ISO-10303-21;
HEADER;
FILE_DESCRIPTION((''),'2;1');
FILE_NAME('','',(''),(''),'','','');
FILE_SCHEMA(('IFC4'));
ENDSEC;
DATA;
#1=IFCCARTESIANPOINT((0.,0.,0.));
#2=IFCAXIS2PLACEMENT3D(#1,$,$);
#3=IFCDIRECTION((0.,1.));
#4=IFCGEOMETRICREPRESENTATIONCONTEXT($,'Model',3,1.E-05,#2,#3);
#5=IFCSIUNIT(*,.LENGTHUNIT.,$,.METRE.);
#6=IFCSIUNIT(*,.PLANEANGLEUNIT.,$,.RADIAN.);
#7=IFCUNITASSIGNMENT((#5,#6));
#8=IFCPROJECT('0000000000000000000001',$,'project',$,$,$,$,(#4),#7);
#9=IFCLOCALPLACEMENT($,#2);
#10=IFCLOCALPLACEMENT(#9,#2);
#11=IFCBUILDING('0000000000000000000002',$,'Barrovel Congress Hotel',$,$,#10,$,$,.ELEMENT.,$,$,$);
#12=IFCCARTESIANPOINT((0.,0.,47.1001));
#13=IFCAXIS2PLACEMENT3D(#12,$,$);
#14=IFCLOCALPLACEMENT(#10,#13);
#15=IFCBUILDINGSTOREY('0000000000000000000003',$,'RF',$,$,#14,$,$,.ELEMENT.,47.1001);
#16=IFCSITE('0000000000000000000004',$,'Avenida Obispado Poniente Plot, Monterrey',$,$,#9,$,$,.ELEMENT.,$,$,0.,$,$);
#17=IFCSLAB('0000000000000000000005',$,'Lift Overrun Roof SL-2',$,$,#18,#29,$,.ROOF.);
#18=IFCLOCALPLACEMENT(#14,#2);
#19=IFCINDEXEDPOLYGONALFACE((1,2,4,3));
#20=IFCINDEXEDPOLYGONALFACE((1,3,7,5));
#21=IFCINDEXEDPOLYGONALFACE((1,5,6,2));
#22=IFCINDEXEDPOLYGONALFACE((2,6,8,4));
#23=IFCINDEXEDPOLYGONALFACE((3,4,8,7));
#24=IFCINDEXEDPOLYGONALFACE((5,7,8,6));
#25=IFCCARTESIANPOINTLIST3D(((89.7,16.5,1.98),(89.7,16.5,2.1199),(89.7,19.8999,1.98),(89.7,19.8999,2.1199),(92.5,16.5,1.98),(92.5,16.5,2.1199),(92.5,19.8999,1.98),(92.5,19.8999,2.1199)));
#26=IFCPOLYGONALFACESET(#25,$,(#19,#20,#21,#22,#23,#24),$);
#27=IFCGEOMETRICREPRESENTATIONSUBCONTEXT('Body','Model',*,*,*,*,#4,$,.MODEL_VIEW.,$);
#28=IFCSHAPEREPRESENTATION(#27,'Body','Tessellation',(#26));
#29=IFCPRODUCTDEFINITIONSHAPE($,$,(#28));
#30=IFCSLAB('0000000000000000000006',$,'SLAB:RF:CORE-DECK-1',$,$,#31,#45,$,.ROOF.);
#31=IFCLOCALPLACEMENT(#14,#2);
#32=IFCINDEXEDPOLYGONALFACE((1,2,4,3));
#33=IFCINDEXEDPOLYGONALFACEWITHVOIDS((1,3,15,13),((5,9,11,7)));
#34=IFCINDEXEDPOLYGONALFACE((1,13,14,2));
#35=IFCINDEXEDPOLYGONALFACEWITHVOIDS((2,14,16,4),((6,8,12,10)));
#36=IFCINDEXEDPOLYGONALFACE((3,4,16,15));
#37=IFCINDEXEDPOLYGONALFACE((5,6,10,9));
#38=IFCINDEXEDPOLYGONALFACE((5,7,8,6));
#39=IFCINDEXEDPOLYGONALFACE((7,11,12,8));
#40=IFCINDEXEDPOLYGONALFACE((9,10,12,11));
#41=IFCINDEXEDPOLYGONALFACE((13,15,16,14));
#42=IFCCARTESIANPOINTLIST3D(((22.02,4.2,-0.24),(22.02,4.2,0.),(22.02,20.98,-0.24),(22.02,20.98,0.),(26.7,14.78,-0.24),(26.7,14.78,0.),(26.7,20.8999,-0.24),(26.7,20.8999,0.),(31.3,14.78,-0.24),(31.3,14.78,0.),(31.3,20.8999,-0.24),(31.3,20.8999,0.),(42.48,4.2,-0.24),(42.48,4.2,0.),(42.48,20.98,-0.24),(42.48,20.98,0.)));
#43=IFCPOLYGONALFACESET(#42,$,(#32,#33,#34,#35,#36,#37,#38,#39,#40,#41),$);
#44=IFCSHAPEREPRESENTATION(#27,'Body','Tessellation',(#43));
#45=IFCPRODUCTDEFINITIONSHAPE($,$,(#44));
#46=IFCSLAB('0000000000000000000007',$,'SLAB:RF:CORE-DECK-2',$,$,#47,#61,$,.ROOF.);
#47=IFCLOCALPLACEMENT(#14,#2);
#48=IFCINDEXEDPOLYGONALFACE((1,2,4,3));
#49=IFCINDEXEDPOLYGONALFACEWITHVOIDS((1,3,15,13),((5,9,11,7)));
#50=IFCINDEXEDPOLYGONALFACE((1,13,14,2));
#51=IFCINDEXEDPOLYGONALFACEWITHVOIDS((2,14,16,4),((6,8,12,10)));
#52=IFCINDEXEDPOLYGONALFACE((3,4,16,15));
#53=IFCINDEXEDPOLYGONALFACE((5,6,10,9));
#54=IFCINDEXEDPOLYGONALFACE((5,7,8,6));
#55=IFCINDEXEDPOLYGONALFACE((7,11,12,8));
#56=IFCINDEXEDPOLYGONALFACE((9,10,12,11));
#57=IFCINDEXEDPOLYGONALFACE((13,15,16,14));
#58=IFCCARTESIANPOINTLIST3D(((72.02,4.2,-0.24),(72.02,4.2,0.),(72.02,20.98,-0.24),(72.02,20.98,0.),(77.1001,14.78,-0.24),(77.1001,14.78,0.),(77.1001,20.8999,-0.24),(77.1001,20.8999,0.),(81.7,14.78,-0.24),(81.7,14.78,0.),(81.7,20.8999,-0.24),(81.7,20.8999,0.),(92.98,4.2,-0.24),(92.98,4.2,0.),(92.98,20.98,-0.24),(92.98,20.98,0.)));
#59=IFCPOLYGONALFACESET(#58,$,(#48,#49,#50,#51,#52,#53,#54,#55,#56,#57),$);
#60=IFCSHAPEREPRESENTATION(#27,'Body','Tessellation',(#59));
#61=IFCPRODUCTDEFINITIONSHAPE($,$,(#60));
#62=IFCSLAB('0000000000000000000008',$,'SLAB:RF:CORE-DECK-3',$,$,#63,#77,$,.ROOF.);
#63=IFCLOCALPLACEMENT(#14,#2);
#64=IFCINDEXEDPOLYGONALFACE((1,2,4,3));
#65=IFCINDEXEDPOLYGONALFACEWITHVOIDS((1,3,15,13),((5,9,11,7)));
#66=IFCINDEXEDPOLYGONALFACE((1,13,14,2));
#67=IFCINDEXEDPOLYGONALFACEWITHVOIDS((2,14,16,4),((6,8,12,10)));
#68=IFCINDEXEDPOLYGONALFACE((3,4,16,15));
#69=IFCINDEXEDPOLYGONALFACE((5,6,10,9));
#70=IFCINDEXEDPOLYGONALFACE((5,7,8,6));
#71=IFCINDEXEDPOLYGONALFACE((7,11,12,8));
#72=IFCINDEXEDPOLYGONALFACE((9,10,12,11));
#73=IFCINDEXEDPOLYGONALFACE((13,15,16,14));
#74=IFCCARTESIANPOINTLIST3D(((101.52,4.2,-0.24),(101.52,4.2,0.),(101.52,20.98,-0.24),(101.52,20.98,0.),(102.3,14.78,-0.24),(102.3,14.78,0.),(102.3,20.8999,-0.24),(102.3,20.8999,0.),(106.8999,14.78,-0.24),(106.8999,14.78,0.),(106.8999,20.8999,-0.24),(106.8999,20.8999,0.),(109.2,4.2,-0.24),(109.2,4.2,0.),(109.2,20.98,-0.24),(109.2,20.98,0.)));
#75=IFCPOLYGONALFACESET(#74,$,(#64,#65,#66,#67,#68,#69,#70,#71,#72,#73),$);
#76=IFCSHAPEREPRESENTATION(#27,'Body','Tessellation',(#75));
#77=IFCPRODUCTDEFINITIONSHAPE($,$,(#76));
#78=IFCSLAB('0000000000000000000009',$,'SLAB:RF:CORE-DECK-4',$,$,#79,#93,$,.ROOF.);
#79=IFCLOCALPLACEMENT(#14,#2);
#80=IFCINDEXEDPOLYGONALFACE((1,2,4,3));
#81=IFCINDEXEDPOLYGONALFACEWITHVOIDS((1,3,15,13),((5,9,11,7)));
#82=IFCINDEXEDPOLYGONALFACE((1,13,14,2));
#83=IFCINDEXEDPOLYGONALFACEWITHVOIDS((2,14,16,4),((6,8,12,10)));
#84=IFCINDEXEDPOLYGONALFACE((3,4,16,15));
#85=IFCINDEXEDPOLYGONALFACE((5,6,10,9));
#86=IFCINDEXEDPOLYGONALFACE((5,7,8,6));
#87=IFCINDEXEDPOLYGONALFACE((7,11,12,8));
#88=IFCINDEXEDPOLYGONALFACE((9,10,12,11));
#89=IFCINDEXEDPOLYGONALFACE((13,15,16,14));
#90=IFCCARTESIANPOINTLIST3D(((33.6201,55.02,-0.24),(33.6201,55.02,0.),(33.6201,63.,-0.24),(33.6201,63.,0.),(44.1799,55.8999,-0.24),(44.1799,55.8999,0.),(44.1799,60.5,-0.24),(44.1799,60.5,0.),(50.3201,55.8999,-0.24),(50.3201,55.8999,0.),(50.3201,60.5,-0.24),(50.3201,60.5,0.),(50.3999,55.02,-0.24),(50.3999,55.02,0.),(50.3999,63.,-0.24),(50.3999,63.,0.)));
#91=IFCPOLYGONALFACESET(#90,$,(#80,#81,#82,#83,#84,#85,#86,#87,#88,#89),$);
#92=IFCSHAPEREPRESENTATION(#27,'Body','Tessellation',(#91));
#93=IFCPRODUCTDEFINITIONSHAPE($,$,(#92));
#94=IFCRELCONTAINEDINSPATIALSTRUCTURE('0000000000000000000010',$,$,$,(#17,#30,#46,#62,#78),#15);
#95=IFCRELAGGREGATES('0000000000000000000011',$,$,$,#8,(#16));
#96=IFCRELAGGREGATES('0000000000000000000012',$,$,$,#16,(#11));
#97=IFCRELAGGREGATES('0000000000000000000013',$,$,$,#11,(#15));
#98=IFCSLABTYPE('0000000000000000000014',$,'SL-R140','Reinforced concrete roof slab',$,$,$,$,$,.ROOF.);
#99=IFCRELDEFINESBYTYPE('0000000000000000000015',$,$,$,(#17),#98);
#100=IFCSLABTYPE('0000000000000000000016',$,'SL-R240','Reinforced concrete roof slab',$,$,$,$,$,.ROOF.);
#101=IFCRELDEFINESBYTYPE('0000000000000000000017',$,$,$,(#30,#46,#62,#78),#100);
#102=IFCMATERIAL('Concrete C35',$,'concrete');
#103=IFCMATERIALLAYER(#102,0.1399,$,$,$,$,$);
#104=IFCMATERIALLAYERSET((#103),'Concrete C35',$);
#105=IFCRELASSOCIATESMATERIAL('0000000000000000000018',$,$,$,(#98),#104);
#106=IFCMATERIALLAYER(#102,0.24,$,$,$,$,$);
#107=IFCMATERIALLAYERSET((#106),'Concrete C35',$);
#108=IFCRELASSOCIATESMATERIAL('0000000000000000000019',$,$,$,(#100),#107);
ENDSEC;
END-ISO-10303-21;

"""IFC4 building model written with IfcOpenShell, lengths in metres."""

from ifc_helpers import new_model, si_unit, direction, frame, origin, place, context, subcontext, project, spatial, polyline, outline, extrude, material, layer, layer_set, type_object, element, save


model = new_model("IFC4")

# Units and contexts
model_context = context("Model", 3, precision=1e-05, world=origin(), true_north=direction((0.0, 1.0)))
body_context = subcontext(model_context, "Body", "Model", "MODEL_VIEW")
ifc_project = project(units=[si_unit("LENGTHUNIT", "METRE"), si_unit("PLANEANGLEUNIT", "RADIAN")], contexts=[model_context])

# Site, building, storey
site_placement = place(None, origin())
site = spatial("IfcSite", under=ifc_project, at=site_placement, Name="Avenida Obispado Poniente Plot, Monterrey", CompositionType="ELEMENT", RefElevation=0.0)
building_placement = place(site_placement, origin())
building = spatial("IfcBuilding", under=site, at=building_placement, Name="Barrovel Congress Hotel", CompositionType="ELEMENT")
storey_placement = place(building_placement, frame((0.0, 0.0, 47.1001)))
storey = spatial("IfcBuildingStorey", under=building, at=storey_placement, Name="RF", CompositionType="ELEMENT", Elevation=47.1001)

# Slabs
ifc_material_1 = material(Name="Concrete C35", Category="concrete")
ifc_layer_1 = layer(ifc_material_1, 0.1399)
ifc_layer_set_1 = layer_set([ifc_layer_1], Name="Concrete C35")
slab_type_1 = type_object("IfcSlabType", Name="SL-R140", Description="Reinforced concrete roof slab", PredefinedType="ROOF", material=ifc_layer_set_1)
slab_1_placement = place(storey_placement, frame((0.0, 0.0, 1.98)))
element("IfcSlab", 1, at=slab_1_placement, inside=storey, type_object=slab_type_1, Name="Lift Overrun Roof SL-2", PredefinedType="ROOF", context=body_context, shape_type="SweptSolid", body=[
    extrude(outline(polyline([(89.7, 16.5), (92.5, 16.5), (92.5, 19.8999), (89.7, 19.8999), (89.7, 16.5)])), origin(), (0.0, 0.0, 1.0), 0.1399),
])
ifc_layer_2 = layer(ifc_material_1, 0.24)
ifc_layer_set_2 = layer_set([ifc_layer_2], Name="Concrete C35")
slab_type_2 = type_object("IfcSlabType", Name="SL-R240", Description="Reinforced concrete roof slab", PredefinedType="ROOF", material=ifc_layer_set_2)
slab_2_placement = place(storey_placement, frame((0.0, 0.0, -0.24)))
element("IfcSlab", 2, at=slab_2_placement, inside=storey, type_object=slab_type_2, Name="SLAB:RF:CORE-DECK-1", PredefinedType="ROOF", context=body_context, shape_type="SweptSolid", body=[
    extrude(outline(polyline([(22.02, 4.2), (42.48, 4.2), (42.48, 20.98), (22.02, 20.98), (22.02, 4.2)]), holes=[polyline([(26.7, 14.78), (26.7, 20.8999), (31.3, 20.8999), (31.3, 14.78), (26.7, 14.78)])]), origin(), (0.0, 0.0, 1.0), 0.24),
])
slab_3_placement = place(storey_placement, frame((0.0, 0.0, -0.24)))
element("IfcSlab", 3, at=slab_3_placement, inside=storey, type_object=slab_type_2, Name="SLAB:RF:CORE-DECK-2", PredefinedType="ROOF", context=body_context, shape_type="SweptSolid", body=[
    extrude(outline(polyline([(72.02, 4.2), (92.98, 4.2), (92.98, 20.98), (72.02, 20.98), (72.02, 4.2)]), holes=[polyline([(77.1001, 14.78), (77.1001, 20.8999), (81.7, 20.8999), (81.7, 14.78), (77.1001, 14.78)])]), origin(), (0.0, 0.0, 1.0), 0.24),
])
slab_4_placement = place(storey_placement, frame((0.0, 0.0, -0.24)))
element("IfcSlab", 4, at=slab_4_placement, inside=storey, type_object=slab_type_2, Name="SLAB:RF:CORE-DECK-3", PredefinedType="ROOF", context=body_context, shape_type="SweptSolid", body=[
    extrude(outline(polyline([(101.52, 4.2), (109.2, 4.2), (109.2, 20.98), (101.52, 20.98), (101.52, 4.2)]), holes=[polyline([(102.3, 14.78), (102.3, 20.8999), (106.8999, 20.8999), (106.8999, 14.78), (102.3, 14.78)])]), origin(), (0.0, 0.0, 1.0), 0.24),
])
slab_5_placement = place(storey_placement, frame((0.0, 0.0, -0.24)))
element("IfcSlab", 5, at=slab_5_placement, inside=storey, type_object=slab_type_2, Name="SLAB:RF:CORE-DECK-4", PredefinedType="ROOF", context=body_context, shape_type="SweptSolid", body=[
    extrude(outline(polyline([(33.6201, 55.02), (50.3999, 55.02), (50.3999, 63.0), (33.6201, 63.0), (33.6201, 55.02)]), holes=[polyline([(44.1799, 55.8999), (44.1799, 60.5), (50.3201, 60.5), (50.3201, 55.8999), (44.1799, 55.8999)])]), origin(), (0.0, 0.0, 1.0), 0.24),
])

save(model, "model.ifc")
